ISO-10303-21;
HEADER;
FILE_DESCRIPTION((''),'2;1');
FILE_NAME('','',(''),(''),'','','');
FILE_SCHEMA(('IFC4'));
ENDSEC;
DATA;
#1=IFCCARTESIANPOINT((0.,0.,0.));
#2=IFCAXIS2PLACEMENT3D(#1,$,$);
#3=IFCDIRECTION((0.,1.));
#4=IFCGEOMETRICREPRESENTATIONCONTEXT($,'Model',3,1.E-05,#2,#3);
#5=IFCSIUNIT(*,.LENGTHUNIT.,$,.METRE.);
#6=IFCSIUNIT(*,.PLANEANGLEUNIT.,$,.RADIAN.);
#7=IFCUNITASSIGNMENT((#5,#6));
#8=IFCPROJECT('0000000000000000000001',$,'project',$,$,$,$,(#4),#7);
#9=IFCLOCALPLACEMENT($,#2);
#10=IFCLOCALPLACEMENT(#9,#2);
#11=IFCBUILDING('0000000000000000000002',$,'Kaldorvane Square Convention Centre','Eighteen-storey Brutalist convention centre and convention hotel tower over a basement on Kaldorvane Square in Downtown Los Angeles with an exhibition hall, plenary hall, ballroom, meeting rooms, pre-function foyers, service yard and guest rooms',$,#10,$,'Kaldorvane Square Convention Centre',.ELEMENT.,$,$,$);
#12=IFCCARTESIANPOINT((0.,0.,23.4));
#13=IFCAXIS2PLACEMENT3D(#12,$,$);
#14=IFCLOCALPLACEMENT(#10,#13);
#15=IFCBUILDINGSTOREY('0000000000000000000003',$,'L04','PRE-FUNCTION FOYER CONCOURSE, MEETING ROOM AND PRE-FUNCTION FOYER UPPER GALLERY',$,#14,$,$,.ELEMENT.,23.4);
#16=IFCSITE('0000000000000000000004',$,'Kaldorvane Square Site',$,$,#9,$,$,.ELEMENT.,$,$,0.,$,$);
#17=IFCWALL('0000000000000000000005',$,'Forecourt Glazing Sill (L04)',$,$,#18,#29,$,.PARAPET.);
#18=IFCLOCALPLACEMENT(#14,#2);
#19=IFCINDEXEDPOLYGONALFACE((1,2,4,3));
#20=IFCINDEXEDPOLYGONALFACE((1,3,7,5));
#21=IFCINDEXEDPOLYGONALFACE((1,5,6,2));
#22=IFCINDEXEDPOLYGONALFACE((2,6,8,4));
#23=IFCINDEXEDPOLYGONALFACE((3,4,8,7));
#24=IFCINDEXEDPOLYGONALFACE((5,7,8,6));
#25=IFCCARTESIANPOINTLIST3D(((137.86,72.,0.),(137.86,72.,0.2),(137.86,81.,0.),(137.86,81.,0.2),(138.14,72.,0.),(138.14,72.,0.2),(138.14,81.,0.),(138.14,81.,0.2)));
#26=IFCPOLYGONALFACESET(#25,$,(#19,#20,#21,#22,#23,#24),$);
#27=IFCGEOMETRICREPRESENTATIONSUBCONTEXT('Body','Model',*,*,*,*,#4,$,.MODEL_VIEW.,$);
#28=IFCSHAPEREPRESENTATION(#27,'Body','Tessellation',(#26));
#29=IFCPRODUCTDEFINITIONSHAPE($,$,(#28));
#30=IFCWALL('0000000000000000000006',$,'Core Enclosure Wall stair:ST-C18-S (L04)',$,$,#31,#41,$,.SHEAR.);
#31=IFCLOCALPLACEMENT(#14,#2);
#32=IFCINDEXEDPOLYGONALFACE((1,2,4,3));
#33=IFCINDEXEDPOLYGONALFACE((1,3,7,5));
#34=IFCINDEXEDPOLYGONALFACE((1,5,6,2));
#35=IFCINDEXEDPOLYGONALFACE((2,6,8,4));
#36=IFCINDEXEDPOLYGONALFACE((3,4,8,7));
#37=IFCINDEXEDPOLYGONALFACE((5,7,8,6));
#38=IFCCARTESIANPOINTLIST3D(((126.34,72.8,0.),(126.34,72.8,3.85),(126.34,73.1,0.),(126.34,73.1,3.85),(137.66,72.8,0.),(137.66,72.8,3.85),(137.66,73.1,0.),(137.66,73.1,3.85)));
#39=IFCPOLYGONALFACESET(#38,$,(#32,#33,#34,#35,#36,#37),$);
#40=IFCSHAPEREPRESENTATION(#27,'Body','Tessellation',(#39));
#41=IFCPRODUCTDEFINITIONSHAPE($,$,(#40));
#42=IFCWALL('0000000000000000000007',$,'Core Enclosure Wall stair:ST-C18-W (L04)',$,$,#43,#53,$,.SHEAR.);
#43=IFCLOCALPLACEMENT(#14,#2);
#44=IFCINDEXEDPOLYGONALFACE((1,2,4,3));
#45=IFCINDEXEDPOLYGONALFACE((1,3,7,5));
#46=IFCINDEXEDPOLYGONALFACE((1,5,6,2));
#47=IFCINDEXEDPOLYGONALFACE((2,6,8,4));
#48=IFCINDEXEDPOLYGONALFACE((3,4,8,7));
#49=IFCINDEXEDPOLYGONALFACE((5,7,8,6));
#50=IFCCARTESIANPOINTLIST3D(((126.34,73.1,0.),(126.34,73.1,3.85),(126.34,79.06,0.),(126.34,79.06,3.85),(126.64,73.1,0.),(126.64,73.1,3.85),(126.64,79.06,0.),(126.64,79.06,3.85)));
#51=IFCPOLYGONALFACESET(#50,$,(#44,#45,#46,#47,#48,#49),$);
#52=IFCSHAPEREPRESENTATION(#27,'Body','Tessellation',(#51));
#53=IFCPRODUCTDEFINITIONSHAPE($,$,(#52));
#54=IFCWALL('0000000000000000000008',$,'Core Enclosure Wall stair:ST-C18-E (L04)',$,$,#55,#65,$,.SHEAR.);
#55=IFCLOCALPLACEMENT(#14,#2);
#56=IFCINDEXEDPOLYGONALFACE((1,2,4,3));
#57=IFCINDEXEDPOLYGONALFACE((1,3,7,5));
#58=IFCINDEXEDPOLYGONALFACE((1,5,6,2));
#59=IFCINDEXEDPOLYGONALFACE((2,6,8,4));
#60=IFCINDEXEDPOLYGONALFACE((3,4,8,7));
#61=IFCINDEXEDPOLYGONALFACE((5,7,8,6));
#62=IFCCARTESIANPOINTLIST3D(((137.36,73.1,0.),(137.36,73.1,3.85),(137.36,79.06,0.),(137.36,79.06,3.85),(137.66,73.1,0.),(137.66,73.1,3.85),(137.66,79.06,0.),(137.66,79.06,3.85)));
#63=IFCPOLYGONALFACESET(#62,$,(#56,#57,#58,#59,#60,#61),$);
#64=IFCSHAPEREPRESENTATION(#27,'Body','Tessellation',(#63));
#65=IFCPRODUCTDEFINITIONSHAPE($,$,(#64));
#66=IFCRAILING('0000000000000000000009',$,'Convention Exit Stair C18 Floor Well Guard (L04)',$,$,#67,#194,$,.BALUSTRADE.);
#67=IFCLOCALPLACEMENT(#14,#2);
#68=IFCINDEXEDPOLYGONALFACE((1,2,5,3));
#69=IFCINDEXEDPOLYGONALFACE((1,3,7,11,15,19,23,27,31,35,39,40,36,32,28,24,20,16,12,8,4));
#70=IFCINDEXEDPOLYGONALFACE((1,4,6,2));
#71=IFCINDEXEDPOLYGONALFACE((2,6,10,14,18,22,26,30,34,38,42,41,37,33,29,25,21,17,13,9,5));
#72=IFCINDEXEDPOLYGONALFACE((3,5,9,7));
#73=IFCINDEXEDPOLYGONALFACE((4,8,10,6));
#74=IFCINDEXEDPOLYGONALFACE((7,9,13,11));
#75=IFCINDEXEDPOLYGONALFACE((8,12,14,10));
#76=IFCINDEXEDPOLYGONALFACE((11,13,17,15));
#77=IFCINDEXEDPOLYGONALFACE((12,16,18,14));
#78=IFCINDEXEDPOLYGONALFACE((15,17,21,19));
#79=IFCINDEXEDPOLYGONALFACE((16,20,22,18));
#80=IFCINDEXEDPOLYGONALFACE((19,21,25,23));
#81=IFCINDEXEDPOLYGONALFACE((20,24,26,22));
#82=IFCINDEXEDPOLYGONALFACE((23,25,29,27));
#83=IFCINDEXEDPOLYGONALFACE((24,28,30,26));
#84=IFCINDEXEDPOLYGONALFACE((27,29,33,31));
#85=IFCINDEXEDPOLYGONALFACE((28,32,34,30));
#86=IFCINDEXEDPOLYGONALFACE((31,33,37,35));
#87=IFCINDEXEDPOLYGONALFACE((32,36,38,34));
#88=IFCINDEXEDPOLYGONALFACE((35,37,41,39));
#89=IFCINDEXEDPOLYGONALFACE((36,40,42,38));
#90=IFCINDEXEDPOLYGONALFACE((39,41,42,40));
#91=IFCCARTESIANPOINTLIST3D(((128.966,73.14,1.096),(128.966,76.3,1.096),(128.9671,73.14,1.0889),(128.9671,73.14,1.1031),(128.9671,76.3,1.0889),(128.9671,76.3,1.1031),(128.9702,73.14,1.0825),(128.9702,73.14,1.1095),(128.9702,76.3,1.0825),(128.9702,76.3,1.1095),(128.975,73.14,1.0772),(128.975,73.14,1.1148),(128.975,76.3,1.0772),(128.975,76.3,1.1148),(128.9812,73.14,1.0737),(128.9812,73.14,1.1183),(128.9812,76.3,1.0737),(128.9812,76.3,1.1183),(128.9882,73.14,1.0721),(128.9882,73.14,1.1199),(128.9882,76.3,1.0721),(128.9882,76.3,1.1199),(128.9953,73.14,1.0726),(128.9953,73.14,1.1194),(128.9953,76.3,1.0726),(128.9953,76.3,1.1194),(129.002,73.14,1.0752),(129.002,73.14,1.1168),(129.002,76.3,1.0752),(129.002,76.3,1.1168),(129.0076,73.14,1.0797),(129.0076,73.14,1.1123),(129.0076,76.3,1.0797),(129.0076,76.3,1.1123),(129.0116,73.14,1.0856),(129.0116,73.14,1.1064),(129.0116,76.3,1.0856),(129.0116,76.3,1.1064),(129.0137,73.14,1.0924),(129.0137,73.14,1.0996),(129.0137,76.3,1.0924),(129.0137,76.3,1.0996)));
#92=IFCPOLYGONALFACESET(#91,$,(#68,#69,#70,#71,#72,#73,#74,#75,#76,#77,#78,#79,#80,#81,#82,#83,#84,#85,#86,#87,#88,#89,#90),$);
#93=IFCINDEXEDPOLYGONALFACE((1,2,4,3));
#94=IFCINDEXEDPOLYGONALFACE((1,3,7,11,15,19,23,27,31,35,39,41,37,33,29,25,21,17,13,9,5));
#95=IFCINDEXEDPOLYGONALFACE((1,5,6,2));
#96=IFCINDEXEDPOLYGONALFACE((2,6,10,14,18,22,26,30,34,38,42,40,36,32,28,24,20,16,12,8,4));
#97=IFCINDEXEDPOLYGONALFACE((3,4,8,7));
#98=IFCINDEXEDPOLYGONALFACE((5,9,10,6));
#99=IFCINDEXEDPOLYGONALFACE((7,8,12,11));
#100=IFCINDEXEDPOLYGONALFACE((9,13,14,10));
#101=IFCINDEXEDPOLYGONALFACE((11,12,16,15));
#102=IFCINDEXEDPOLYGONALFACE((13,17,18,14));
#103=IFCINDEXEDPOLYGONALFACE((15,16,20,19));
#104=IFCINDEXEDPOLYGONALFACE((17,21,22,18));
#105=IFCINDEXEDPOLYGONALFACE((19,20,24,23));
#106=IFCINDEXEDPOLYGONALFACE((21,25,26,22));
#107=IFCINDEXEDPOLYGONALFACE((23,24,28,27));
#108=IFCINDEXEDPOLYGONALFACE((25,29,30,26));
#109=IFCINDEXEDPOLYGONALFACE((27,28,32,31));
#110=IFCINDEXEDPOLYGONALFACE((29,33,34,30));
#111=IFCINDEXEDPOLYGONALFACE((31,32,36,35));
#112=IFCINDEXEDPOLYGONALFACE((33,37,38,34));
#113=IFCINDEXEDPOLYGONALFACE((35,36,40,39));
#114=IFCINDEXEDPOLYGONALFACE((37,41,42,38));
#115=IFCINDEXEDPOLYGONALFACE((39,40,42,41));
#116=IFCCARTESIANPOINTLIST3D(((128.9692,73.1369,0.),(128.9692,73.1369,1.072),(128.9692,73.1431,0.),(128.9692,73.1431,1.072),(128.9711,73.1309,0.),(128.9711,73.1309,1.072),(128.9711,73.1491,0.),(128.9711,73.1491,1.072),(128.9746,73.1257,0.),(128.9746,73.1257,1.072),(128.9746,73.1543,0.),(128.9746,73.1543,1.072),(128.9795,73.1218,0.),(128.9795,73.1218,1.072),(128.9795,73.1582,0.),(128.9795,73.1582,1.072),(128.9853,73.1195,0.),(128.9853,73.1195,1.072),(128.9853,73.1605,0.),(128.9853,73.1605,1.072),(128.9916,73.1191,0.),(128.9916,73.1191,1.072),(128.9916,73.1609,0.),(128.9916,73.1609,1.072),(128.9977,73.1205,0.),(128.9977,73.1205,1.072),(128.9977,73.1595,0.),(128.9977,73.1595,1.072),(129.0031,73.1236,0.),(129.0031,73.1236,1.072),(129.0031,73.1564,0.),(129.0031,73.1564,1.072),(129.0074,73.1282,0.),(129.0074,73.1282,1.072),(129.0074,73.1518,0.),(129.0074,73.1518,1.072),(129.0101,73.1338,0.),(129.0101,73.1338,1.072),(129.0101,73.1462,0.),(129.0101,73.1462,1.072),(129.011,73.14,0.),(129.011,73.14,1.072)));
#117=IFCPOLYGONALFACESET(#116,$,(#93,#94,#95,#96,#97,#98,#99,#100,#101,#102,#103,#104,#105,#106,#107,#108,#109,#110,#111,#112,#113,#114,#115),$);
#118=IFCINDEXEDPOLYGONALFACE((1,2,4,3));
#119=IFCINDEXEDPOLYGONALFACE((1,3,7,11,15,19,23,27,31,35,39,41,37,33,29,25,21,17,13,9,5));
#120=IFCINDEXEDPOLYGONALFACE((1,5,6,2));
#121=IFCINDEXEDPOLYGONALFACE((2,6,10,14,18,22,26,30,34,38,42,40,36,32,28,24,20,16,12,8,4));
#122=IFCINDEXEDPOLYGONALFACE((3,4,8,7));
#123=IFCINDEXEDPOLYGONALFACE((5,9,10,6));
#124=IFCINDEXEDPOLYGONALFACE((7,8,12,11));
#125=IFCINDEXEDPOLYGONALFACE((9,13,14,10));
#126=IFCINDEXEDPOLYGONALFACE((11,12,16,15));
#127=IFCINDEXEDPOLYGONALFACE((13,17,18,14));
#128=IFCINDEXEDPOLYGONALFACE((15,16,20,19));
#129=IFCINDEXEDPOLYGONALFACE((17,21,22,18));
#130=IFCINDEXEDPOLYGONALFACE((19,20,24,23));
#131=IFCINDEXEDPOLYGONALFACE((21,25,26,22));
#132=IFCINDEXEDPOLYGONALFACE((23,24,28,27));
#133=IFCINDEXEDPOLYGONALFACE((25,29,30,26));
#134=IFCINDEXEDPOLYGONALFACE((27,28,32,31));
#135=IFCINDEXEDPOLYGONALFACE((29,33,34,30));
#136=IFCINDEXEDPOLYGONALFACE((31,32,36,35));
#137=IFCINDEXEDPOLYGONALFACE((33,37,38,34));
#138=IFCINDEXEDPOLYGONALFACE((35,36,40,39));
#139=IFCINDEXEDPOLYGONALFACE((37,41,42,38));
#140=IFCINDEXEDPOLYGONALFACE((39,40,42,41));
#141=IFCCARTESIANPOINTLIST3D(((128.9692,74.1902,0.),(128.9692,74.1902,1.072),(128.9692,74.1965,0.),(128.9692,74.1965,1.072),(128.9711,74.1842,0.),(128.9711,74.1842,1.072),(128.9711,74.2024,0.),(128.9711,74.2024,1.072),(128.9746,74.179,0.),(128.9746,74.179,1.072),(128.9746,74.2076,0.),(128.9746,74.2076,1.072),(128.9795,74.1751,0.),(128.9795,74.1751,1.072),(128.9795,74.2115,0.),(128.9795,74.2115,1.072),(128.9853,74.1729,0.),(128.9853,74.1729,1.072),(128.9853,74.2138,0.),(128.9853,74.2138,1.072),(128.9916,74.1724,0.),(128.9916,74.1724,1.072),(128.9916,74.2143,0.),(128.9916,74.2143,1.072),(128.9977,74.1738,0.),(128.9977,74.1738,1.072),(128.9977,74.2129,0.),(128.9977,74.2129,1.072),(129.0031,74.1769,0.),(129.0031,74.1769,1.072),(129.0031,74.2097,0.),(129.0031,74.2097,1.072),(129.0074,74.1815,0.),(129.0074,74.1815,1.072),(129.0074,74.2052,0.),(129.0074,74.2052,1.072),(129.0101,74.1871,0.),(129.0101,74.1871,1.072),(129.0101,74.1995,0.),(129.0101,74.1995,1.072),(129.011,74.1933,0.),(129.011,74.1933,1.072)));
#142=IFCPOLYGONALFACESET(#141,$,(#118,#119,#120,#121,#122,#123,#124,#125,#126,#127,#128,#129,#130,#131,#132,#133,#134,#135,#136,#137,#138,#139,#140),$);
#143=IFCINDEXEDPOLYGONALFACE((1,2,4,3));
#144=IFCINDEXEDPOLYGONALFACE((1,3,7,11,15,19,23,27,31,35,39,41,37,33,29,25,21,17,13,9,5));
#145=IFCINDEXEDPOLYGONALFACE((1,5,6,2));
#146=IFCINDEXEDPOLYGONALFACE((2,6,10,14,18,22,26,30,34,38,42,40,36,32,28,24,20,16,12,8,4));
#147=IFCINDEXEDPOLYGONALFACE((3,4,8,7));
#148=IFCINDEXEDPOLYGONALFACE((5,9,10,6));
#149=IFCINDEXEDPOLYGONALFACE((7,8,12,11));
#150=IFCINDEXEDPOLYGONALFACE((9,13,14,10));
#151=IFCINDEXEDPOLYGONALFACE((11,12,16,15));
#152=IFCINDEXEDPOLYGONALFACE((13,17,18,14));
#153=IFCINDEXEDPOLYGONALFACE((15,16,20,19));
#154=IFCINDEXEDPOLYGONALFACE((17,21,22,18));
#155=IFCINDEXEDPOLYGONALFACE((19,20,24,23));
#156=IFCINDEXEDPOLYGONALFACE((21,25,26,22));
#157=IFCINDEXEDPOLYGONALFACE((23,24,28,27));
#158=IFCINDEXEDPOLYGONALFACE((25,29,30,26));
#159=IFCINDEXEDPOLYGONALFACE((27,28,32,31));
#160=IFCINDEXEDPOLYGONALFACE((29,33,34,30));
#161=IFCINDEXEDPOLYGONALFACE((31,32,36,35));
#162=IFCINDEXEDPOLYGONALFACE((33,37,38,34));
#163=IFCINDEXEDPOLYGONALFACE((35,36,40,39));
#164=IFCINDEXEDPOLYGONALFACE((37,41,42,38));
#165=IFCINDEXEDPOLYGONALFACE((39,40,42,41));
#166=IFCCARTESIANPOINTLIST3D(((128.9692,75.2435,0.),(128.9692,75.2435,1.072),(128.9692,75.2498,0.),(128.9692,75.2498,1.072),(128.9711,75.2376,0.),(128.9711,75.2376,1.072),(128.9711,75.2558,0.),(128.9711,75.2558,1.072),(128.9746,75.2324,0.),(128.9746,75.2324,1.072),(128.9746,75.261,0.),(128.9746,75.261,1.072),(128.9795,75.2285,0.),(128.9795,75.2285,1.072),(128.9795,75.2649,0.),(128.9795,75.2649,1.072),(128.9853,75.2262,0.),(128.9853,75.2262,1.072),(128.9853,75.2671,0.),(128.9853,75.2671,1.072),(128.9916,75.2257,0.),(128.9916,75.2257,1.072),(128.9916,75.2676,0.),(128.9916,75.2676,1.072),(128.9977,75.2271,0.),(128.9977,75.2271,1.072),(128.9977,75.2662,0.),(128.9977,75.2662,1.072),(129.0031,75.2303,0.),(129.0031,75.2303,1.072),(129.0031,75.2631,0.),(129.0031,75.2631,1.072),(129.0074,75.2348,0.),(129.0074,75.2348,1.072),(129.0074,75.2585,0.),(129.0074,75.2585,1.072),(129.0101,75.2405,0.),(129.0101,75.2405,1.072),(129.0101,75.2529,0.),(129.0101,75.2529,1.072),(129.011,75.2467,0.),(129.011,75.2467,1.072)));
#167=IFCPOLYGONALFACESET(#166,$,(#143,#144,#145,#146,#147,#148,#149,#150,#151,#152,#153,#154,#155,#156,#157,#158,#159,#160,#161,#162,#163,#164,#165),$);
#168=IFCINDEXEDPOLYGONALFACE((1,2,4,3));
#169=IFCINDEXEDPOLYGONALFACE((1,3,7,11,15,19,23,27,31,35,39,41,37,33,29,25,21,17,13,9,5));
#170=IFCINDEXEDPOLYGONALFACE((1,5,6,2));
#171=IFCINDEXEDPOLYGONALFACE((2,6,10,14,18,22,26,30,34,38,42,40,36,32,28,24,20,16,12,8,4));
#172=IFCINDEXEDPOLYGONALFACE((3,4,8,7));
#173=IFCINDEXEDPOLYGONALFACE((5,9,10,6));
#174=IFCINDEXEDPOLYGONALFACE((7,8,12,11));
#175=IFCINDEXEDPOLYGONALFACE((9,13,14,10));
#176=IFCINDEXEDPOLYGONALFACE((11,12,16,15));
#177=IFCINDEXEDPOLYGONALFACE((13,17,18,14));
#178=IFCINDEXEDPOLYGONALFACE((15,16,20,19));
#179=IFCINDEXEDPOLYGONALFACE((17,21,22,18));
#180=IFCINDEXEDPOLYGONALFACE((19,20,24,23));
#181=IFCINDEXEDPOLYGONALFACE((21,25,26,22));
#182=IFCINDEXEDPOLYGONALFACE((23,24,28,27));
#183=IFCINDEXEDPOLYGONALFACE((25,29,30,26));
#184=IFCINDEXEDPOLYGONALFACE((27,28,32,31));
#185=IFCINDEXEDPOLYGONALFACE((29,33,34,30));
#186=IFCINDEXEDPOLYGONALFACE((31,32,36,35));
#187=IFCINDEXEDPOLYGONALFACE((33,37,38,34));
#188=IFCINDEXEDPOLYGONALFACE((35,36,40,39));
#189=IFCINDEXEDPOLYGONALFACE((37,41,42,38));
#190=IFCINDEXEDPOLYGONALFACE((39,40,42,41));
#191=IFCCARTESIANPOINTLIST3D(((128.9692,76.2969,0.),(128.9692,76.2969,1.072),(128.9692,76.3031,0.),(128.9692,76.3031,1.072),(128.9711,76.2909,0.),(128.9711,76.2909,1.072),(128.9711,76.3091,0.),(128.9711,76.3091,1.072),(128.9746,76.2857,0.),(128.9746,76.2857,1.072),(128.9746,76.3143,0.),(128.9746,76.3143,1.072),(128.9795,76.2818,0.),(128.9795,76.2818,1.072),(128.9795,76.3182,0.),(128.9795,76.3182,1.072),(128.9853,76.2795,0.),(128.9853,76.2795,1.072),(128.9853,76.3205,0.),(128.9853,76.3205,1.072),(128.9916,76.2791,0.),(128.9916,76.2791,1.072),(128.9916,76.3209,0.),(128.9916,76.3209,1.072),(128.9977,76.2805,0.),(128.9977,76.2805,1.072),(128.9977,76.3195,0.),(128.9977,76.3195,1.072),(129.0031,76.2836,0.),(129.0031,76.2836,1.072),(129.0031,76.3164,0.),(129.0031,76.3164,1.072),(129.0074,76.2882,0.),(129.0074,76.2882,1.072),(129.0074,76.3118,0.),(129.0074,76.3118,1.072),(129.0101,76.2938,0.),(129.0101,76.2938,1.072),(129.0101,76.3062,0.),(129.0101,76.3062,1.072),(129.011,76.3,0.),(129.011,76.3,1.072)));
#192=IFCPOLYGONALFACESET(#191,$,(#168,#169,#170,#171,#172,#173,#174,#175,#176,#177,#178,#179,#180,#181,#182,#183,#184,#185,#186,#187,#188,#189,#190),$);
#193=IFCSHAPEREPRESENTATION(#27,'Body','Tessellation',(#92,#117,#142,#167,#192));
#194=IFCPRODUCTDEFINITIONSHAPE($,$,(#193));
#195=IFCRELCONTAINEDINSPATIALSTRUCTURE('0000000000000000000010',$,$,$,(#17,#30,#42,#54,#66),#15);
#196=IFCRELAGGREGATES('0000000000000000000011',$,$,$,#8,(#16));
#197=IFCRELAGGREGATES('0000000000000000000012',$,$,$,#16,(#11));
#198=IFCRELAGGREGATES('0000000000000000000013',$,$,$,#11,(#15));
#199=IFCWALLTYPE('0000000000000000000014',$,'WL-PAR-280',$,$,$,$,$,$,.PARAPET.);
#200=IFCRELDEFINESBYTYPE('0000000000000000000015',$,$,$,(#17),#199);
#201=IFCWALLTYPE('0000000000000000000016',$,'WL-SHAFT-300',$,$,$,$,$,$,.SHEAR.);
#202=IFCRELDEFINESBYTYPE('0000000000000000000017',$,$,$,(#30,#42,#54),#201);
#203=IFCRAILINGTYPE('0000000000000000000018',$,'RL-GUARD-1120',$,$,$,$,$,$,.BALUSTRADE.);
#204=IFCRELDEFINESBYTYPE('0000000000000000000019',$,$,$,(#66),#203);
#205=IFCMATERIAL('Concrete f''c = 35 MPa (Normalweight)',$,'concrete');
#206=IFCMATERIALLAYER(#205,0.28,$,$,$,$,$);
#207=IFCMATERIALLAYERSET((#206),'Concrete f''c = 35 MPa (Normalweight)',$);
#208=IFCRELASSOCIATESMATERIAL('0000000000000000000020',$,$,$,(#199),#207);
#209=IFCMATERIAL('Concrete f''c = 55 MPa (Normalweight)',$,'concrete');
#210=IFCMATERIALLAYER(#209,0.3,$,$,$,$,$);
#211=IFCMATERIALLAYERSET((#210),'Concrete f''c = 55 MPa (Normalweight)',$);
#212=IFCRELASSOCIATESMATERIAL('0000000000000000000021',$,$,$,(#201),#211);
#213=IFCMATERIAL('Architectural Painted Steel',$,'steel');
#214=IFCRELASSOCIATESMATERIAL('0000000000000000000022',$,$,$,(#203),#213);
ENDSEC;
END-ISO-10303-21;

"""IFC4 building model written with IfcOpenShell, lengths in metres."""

from ifc_helpers import new_model, si_unit, direction, frame, frame_2d, origin, origin_2d, place, context, subcontext, project, spatial, rectangle, circle, extrude, material, layer, layer_set, type_object, element, save


model = new_model("IFC4")

# Units and contexts
model_context = context("Model", 3, precision=1e-05, world=origin(), true_north=direction((0.0, 1.0)))
body_context = subcontext(model_context, "Body", "Model", "MODEL_VIEW")
ifc_project = project(units=[si_unit("LENGTHUNIT", "METRE"), si_unit("PLANEANGLEUNIT", "RADIAN")], contexts=[model_context])

# Site, building, storey
site_placement = place(None, origin())
site = spatial("IfcSite", under=ifc_project, at=site_placement, Name="Kaldorvane Square Site", CompositionType="ELEMENT", RefElevation=0.0)
building_placement = place(site_placement, origin())
building = spatial("IfcBuilding", under=site, at=building_placement, Name="Kaldorvane Square Convention Centre", Description="Eighteen-storey Brutalist convention centre and convention hotel tower over a basement on Kaldorvane Square in Downtown Los Angeles with an exhibition hall, plenary hall, ballroom, meeting rooms, pre-function foyers, service yard and guest rooms", LongName="Kaldorvane Square Convention Centre", CompositionType="ELEMENT")
storey_placement = place(building_placement, frame((0.0, 0.0, 23.4)))
storey = spatial("IfcBuildingStorey", under=building, at=storey_placement, Name="L04", Description="PRE-FUNCTION FOYER CONCOURSE, MEETING ROOM AND PRE-FUNCTION FOYER UPPER GALLERY", CompositionType="ELEMENT", Elevation=23.4)

# Walls
ifc_material_1 = material(Name="Concrete f'c = 35 MPa (Normalweight)", Category="concrete")
ifc_layer_1 = layer(ifc_material_1, 0.28)
ifc_layer_set_1 = layer_set([ifc_layer_1], Name="Concrete f'c = 35 MPa (Normalweight)")
wall_type_1 = type_object("IfcWallType", Name="WL-PAR-280", PredefinedType="PARAPET", material=ifc_layer_set_1)
wall_1_placement = place(storey_placement, frame((138.0, 72.0, 0.0), z_axis=(0.0, 0.0, 1.0), x_axis=(0.0, 1.0, 0.0)))
element("IfcWall", 1, at=wall_1_placement, inside=storey, type_object=wall_type_1, Name="Forecourt Glazing Sill (L04)", PredefinedType="PARAPET", context=body_context, shape_type="SweptSolid", body=[
    extrude(rectangle(XDim=9.0, YDim=0.28, at=frame_2d((4.5, 0.0))), origin(), (0.0, 0.0, 1.0), 0.2),
])
ifc_material_2 = material(Name="Concrete f'c = 55 MPa (Normalweight)", Category="concrete")
ifc_layer_2 = layer(ifc_material_2, 0.3)
ifc_layer_set_2 = layer_set([ifc_layer_2], Name="Concrete f'c = 55 MPa (Normalweight)")
wall_type_2 = type_object("IfcWallType", Name="WL-SHAFT-300", PredefinedType="SHEAR", material=ifc_layer_set_2)
wall_2_placement = place(storey_placement, frame((126.34, 72.95, 0.0), z_axis=(0.0, 0.0, 1.0), x_axis=(1.0, 0.0, 0.0)))
element("IfcWall", 2, at=wall_2_placement, inside=storey, type_object=wall_type_2, Name="Core Enclosure Wall stair:ST-C18-S (L04)", PredefinedType="SHEAR", context=body_context, shape_type="SweptSolid", body=[
    extrude(rectangle(XDim=11.32, YDim=0.3, at=frame_2d((5.66, 0.0))), origin(), (0.0, 0.0, 1.0), 3.85),
])
for number, where, z_axis, x_axis, name in (
    (3, (126.49, 79.06, 0.0), (0.0, 0.0, 1.0), (0.0, -1.0, 0.0), "Core Enclosure Wall stair:ST-C18-W (L04)"),
    (4, (137.51, 73.1, 0.0), (0.0, 0.0, 1.0), (0.0, 1.0, 0.0), "Core Enclosure Wall stair:ST-C18-E (L04)"),
):
    element("IfcWall", number, at=place(storey_placement, frame(where, z_axis=z_axis, x_axis=x_axis)), inside=storey, type_object=wall_type_2, Name=name, PredefinedType="SHEAR", context=body_context, shape_type="SweptSolid", body=[
        extrude(rectangle(XDim=5.96, YDim=0.3, at=frame_2d((2.98, 0.0))), origin(), (0.0, 0.0, 1.0), 3.85),
    ])

# Railing
ifc_material_3 = material(Name="Architectural Painted Steel", Category="steel")
railing_type = type_object("IfcRailingType", Name="RL-GUARD-1120", PredefinedType="BALUSTRADE", material=ifc_material_3)
railing_1_placement = place(storey_placement, frame((128.99, 73.14, 0.0)))
element("IfcRailing", 5, at=railing_1_placement, inside=storey, type_object=railing_type, Name="Convention Exit Stair C18 Floor Well Guard (L04)", PredefinedType="BALUSTRADE", context=body_context, shape_type="SweptSolid", body=[
    extrude(circle(Radius=0.024, at=origin_2d()), frame((0.0, 0.0, 1.096), z_axis=(0.0, 1.0, 0.0), x_axis=(-1.0, 0.0, 0.0)), (0.0, 0.0, 1.0), 3.16),
    extrude(circle(Radius=0.021, at=origin_2d()), origin(), (0.0, 0.0, 1.0), 1.072),
    extrude(circle(Radius=0.021, at=origin_2d()), frame((0.0, 1.0533, 0.0)), (0.0, 0.0, 1.0), 1.072),
    extrude(circle(Radius=0.021, at=origin_2d()), frame((0.0, 2.1067, 0.0)), (0.0, 0.0, 1.0), 1.072),
    extrude(circle(Radius=0.021, at=origin_2d()), frame((0.0, 3.16, 0.0)), (0.0, 0.0, 1.0), 1.072),
])

save(model, "model.ifc")
